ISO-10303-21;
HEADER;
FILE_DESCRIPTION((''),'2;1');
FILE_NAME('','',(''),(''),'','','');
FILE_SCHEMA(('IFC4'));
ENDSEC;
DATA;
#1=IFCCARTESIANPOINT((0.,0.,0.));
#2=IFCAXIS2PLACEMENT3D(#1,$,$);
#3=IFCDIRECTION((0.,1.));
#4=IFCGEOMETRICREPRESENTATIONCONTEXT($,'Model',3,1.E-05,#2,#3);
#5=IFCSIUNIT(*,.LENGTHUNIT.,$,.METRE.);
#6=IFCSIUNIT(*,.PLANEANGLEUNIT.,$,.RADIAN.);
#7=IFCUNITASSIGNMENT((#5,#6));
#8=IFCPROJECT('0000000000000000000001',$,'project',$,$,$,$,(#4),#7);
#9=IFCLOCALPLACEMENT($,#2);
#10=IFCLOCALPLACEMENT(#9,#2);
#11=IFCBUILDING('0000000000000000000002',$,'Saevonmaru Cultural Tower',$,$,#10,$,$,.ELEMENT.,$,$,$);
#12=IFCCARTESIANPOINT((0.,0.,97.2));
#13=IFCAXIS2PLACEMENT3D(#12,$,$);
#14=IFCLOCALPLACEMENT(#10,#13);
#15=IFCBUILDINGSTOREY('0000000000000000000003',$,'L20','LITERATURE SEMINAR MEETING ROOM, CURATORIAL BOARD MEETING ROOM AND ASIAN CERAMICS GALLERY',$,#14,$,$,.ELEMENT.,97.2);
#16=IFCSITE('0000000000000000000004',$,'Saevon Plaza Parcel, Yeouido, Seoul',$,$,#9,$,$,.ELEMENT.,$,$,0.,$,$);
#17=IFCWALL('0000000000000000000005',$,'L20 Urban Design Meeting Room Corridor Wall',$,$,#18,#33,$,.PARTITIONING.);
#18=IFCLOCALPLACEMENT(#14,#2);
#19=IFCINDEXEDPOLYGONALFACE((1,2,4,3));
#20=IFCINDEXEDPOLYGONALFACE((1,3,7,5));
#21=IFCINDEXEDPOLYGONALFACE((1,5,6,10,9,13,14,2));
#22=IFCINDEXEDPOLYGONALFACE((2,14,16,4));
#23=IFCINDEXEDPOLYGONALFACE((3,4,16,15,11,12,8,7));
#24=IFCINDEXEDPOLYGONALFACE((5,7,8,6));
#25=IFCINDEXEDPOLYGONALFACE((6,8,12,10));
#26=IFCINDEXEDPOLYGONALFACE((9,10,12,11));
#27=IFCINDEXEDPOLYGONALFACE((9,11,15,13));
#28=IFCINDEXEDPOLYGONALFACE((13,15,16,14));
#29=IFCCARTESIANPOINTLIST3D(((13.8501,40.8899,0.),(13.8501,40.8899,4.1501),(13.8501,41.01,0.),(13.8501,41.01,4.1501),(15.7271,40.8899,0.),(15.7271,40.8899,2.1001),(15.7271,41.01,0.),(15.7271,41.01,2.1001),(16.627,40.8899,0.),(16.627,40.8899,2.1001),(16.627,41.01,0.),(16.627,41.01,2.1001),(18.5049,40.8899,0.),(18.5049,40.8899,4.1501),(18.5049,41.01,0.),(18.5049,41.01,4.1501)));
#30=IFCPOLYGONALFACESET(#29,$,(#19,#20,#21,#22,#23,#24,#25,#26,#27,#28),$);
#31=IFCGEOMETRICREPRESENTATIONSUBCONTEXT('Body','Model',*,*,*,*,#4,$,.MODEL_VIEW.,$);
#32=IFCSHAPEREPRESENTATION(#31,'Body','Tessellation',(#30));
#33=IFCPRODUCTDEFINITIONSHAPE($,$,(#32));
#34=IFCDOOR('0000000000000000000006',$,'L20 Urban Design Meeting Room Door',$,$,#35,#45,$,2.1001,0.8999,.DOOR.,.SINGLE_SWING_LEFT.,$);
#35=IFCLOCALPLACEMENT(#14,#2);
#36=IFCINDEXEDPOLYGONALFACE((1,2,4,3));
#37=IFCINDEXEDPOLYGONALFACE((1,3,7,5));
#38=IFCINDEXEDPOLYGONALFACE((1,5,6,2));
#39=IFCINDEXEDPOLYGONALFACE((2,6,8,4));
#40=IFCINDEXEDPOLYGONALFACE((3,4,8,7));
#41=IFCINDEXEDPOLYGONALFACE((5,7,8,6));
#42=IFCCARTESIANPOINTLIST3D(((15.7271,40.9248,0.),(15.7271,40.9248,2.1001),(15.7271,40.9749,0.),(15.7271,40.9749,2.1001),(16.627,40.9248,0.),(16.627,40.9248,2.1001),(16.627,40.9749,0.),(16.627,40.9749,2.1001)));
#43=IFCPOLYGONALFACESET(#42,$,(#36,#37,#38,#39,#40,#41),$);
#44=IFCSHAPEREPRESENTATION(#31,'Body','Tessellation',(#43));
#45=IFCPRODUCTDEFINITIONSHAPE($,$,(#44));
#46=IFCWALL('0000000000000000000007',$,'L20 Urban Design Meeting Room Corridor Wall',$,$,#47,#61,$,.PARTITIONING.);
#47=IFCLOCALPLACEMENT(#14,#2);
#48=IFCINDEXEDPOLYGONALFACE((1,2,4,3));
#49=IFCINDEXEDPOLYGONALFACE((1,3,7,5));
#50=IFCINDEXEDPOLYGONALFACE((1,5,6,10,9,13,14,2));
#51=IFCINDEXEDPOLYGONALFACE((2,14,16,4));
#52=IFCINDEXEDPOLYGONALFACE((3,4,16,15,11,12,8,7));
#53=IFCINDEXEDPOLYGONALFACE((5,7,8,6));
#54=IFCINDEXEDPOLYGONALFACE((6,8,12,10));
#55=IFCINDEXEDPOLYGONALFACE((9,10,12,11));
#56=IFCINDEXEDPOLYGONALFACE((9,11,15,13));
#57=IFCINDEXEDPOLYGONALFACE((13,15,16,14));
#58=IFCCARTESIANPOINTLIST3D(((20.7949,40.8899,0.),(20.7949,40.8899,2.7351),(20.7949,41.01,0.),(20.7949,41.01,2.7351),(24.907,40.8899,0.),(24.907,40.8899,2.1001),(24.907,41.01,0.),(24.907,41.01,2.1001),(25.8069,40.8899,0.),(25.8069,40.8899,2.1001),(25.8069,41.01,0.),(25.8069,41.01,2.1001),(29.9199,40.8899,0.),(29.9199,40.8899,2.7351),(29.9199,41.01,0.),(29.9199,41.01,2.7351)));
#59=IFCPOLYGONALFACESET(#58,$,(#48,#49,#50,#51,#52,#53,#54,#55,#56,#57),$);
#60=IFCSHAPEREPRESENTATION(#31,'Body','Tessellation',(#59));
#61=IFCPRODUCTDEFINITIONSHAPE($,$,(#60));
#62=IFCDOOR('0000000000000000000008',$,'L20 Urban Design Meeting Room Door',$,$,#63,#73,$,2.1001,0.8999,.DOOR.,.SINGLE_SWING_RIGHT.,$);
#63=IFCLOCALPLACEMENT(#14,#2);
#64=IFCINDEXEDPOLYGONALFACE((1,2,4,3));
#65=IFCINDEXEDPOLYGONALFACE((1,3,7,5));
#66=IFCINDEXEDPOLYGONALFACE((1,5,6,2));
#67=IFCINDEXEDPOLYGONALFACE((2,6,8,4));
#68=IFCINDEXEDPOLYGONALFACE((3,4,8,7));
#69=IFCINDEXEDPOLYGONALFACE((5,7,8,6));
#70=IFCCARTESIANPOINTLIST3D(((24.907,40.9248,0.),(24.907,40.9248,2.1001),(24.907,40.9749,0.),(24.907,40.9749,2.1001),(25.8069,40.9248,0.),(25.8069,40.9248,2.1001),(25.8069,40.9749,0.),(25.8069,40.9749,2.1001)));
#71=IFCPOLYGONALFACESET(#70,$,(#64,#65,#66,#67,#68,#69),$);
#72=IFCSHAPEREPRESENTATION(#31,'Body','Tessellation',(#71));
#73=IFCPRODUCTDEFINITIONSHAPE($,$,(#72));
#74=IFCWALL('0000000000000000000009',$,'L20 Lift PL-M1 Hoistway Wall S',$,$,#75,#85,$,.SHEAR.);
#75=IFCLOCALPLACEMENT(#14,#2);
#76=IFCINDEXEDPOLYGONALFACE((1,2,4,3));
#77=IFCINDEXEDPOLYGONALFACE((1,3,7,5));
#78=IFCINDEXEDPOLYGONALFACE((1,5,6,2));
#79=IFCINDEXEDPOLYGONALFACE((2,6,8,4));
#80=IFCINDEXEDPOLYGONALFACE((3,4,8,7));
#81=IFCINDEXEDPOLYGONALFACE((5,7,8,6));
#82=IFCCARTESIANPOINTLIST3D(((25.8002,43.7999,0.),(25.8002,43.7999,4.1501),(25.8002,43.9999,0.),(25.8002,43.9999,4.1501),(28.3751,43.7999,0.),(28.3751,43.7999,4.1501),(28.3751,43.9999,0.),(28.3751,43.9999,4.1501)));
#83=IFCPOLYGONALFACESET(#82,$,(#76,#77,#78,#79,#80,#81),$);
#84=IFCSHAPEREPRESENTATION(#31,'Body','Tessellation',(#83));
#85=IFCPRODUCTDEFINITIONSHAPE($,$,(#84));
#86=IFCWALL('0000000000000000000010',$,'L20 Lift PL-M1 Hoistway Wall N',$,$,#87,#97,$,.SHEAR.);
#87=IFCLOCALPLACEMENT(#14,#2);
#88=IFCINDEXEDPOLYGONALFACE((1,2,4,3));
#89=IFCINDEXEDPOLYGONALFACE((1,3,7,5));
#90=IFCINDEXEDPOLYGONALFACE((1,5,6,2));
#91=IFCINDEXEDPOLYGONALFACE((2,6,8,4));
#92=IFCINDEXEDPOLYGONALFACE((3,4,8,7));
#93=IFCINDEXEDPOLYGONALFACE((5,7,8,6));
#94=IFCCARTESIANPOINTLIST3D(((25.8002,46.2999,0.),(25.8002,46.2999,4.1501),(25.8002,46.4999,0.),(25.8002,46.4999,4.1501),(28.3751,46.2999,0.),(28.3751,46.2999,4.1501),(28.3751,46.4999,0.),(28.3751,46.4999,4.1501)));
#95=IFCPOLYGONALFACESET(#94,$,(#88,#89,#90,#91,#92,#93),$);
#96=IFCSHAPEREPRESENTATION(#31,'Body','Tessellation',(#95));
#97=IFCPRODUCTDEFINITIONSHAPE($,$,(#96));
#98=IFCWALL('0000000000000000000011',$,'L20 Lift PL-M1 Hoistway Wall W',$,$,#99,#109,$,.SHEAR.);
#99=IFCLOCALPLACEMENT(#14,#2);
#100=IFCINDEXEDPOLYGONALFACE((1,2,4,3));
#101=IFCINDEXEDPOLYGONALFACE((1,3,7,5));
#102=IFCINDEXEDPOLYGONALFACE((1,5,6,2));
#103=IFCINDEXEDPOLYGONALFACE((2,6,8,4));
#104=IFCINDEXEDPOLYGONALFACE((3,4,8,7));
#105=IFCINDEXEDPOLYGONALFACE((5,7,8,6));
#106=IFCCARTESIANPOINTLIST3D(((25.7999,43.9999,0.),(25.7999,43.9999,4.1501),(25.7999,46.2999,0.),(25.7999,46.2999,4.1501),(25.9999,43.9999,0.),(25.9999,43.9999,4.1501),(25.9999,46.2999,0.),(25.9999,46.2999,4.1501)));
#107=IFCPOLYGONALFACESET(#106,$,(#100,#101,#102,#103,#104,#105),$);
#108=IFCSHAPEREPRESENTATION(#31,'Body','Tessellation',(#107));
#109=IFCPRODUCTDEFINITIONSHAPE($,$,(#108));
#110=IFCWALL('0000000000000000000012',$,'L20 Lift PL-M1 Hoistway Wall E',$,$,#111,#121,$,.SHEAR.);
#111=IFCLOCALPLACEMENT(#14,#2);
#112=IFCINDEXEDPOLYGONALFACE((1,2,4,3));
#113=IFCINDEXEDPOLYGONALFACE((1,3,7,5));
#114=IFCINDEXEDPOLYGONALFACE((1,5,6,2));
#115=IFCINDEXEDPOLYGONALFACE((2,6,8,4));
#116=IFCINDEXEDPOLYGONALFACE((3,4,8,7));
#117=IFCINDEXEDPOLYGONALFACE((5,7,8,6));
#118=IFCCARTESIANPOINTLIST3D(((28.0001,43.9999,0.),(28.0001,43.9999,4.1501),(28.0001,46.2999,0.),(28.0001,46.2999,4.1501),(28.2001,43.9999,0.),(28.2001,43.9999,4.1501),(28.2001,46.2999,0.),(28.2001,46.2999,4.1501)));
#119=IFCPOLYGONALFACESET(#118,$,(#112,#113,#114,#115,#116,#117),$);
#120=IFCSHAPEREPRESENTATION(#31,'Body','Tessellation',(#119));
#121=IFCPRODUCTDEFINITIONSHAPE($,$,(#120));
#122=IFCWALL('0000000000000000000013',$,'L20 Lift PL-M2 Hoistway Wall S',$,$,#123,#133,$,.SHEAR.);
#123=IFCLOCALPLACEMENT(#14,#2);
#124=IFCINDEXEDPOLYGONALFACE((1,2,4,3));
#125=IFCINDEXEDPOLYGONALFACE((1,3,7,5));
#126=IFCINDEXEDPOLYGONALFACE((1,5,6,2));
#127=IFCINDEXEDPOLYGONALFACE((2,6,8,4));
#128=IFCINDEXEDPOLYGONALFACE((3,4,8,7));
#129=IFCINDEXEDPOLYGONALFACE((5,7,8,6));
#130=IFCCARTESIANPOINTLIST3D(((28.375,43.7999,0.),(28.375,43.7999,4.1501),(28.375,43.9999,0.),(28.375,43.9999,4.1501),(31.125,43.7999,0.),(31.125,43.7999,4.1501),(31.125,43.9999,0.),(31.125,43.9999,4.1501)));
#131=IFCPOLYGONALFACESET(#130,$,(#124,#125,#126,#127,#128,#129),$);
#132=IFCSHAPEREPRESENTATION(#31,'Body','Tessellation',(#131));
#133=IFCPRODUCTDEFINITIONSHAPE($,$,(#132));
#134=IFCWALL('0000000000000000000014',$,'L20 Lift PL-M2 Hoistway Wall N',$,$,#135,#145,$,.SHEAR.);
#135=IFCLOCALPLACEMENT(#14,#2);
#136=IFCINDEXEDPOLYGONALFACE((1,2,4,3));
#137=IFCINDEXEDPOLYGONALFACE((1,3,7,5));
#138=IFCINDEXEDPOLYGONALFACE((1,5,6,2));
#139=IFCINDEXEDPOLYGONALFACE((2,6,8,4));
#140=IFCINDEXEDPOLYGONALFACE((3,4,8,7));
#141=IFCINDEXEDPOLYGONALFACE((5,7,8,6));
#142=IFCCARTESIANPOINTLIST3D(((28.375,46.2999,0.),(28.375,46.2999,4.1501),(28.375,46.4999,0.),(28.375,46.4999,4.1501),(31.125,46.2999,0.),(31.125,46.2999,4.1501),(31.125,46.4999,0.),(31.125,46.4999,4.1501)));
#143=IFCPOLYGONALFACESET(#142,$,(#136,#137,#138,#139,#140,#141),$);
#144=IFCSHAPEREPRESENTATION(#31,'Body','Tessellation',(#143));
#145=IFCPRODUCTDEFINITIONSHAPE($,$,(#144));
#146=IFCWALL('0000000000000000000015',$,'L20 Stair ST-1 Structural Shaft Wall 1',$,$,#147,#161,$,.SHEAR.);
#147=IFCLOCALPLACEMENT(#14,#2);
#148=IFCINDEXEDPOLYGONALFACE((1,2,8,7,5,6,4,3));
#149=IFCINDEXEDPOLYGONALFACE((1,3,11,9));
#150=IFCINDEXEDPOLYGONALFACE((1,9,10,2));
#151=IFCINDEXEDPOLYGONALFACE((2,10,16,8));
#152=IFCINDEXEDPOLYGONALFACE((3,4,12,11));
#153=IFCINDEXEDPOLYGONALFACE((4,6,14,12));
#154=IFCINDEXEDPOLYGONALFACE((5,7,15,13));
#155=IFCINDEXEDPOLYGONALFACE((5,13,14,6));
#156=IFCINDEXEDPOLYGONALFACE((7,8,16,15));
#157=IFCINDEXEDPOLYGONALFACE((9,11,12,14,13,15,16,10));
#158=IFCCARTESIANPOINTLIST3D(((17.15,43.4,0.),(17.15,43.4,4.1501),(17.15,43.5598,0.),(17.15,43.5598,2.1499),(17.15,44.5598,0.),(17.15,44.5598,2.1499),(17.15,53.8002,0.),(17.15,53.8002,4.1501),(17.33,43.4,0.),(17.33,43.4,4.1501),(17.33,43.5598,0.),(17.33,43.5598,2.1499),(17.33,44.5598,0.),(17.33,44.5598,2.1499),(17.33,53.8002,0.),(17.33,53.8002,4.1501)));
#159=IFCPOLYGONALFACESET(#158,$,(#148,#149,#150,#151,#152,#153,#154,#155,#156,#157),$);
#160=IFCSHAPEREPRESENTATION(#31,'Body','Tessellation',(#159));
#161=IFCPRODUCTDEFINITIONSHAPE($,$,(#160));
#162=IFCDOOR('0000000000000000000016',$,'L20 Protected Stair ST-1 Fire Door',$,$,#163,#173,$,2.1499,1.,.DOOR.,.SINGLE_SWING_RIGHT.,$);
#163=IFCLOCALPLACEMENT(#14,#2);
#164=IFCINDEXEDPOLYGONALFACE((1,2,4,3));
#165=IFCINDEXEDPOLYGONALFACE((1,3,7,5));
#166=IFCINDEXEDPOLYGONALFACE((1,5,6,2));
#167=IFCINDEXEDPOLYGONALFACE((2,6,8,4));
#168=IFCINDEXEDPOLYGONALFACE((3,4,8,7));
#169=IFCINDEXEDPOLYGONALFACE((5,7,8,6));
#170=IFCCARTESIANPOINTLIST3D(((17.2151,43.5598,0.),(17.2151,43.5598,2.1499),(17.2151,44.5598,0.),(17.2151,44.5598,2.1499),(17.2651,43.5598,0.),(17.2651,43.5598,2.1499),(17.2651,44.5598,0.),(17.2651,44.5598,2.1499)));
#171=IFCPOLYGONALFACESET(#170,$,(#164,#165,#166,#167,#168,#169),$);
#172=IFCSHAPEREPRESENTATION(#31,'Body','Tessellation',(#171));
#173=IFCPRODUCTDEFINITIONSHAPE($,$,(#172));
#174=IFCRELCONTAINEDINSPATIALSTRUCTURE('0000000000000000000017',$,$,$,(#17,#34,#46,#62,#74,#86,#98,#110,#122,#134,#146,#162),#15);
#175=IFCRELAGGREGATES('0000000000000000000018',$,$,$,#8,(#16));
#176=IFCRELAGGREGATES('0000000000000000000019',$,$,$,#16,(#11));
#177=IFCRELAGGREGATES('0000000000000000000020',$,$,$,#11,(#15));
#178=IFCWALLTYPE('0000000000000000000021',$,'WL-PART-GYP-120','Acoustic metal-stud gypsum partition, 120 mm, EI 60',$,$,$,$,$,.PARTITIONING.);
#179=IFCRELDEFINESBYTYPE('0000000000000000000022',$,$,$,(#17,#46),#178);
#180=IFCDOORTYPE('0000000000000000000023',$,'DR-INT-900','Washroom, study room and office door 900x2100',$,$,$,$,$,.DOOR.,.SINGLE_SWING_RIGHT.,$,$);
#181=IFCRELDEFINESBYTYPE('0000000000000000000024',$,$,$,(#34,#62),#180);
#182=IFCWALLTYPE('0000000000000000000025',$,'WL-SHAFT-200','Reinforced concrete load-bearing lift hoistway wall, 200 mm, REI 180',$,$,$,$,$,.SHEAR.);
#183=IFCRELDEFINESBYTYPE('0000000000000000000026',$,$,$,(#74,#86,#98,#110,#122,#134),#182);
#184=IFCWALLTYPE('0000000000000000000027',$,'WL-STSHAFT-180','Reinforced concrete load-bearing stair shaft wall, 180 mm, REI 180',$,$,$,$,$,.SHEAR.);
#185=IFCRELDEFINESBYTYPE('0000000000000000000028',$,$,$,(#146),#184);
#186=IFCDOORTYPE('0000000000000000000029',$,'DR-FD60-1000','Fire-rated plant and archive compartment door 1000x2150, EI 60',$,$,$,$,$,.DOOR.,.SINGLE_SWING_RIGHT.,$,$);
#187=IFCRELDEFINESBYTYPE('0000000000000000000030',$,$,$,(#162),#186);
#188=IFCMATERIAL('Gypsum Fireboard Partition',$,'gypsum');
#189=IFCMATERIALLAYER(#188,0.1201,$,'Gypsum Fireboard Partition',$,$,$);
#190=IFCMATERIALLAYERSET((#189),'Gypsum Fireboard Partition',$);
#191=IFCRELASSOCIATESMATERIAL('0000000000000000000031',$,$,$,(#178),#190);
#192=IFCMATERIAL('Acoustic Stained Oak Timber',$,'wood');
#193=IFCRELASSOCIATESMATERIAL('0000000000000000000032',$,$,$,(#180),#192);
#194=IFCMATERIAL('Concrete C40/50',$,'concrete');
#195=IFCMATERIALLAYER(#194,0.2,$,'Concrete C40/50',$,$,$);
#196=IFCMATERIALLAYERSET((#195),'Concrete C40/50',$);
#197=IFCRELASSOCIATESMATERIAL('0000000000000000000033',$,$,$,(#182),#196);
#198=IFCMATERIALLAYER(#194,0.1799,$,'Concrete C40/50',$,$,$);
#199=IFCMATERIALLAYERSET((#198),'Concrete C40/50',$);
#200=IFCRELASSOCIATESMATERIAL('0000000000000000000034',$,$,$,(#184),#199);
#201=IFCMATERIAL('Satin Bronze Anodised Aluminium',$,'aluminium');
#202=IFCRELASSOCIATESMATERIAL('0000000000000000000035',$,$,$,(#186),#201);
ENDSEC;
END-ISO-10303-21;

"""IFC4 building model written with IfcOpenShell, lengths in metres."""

from ifc_helpers import new_model, si_unit, direction, frame, frame_2d, origin, place, context, subcontext, project, spatial, rectangle, extrude, material, layer, layer_set, type_object, element, fill, save


model = new_model("IFC4")

# Units and contexts
model_context = context("Model", 3, precision=1e-05, world=origin(), true_north=direction((0.0, 1.0)))
body_context = subcontext(model_context, "Body", "Model", "MODEL_VIEW")
ifc_project = project(units=[si_unit("LENGTHUNIT", "METRE"), si_unit("PLANEANGLEUNIT", "RADIAN")], contexts=[model_context])

# Site, building, storey
site_placement = place(None, origin())
site = spatial("IfcSite", under=ifc_project, at=site_placement, Name="Saevon Plaza Parcel, Yeouido, Seoul", CompositionType="ELEMENT", RefElevation=0.0)
building_placement = place(site_placement, origin())
building = spatial("IfcBuilding", under=site, at=building_placement, Name="Saevonmaru Cultural Tower", CompositionType="ELEMENT")
storey_placement = place(building_placement, frame((0.0, 0.0, 97.2)))
storey = spatial("IfcBuildingStorey", under=building, at=storey_placement, Name="L20", Description="LITERATURE SEMINAR MEETING ROOM, CURATORIAL BOARD MEETING ROOM AND ASIAN CERAMICS GALLERY", CompositionType="ELEMENT", Elevation=97.2)

# Shared definitions
ifc_material_1 = material(Name="Gypsum Fireboard Partition", Category="gypsum")
ifc_material_2 = material(Name="Satin Bronze Anodised Aluminium", Category="aluminium")

# Shared definitions
ifc_layer_1 = layer(ifc_material_1, 0.1201, Name="Gypsum Fireboard Partition")
ifc_layer_set_1 = layer_set([ifc_layer_1], Name="Gypsum Fireboard Partition")
wall_type_1 = type_object("IfcWallType", Name="WL-PART-GYP-120", Description="Acoustic metal-stud gypsum partition, 120 mm, EI 60", PredefinedType="PARTITIONING", material=ifc_layer_set_1)

# Walls, openings, doors
wall_1_placement = place(storey_placement, frame((13.8501, 40.95, 0.0), z_axis=(0.0, 0.0, 1.0), x_axis=(1.0, 0.0, 0.0)))
wall_1 = element("IfcWall", 1, at=wall_1_placement, inside=storey, type_object=wall_type_1, Name="L20 Urban Design Meeting Room Corridor Wall", PredefinedType="PARTITIONING", context=body_context, shape_type="SweptSolid", body=[
    extrude(rectangle(XDim=4.6548, YDim=0.1201, at=frame_2d((2.3274, 0.0))), origin(), (0.0, 0.0, 1.0), 4.1501),
])
opening_1_placement = place(wall_1_placement, frame((1.877, 0.0, 0.0)))
opening_1 = element("IfcOpeningElement", 2, at=opening_1_placement, cuts=wall_1, PredefinedType="OPENING", context=body_context, shape_type="SweptSolid", body=[
    extrude(rectangle(XDim=0.8999, YDim=2.1001, at=frame_2d((0.45, 1.05))), frame((0.0, 0.0701, 0.0), z_axis=(0.0, -1.0, 0.0), x_axis=(1.0, 0.0, 0.0)), (0.0, 0.0, 1.0), 0.1401),
])
ifc_material_3 = material(Name="Acoustic Stained Oak Timber", Category="wood")
door_type_1 = type_object("IfcDoorType", Name="DR-INT-900", Description="Washroom, study room and office door 900x2100", OperationType="SINGLE_SWING_RIGHT", PredefinedType="DOOR", material=ifc_material_3)
door_1_placement = place(opening_1_placement, origin())
door_1 = element("IfcDoor", 3, at=door_1_placement, inside=storey, type_object=door_type_1, Name="L20 Urban Design Meeting Room Door", OperationType="SINGLE_SWING_LEFT", OverallHeight=2.1001, OverallWidth=0.8999, PredefinedType="DOOR", context=body_context, shape_type="SweptSolid", body=[
    extrude(rectangle(XDim=0.8999, YDim=2.1001, at=frame_2d((0.45, 1.05))), frame((0.0, 0.0249, 0.0), z_axis=(0.0, -1.0, 0.0), x_axis=(1.0, 0.0, 0.0)), (0.0, 0.0, 1.0), 0.05),
])
fill(opening_1, door_1)
wall_2_placement = place(storey_placement, frame((20.7949, 40.95, 0.0), z_axis=(0.0, 0.0, 1.0), x_axis=(1.0, 0.0, 0.0)))
wall_2 = element("IfcWall", 4, at=wall_2_placement, inside=storey, type_object=wall_type_1, Name="L20 Urban Design Meeting Room Corridor Wall", PredefinedType="PARTITIONING", context=body_context, shape_type="SweptSolid", body=[
    extrude(rectangle(XDim=9.125, YDim=0.1201, at=frame_2d((4.5625, 0.0))), origin(), (0.0, 0.0, 1.0), 2.7351),
])
opening_2_placement = place(wall_2_placement, frame((4.1121, 0.0, 0.0)))
opening_2 = element("IfcOpeningElement", 5, at=opening_2_placement, cuts=wall_2, PredefinedType="OPENING", context=body_context, shape_type="SweptSolid", body=[
    extrude(rectangle(XDim=0.8999, YDim=2.1001, at=frame_2d((0.45, 1.05))), frame((0.0, 0.0701, 0.0), z_axis=(0.0, -1.0, 0.0), x_axis=(1.0, 0.0, 0.0)), (0.0, 0.0, 1.0), 0.1401),
])
door_2_placement = place(opening_2_placement, origin())
door_2 = element("IfcDoor", 6, at=door_2_placement, inside=storey, type_object=door_type_1, Name="L20 Urban Design Meeting Room Door", OperationType="SINGLE_SWING_RIGHT", OverallHeight=2.1001, OverallWidth=0.8999, PredefinedType="DOOR", context=body_context, shape_type="SweptSolid", body=[
    extrude(rectangle(XDim=0.8999, YDim=2.1001, at=frame_2d((0.45, 1.05))), frame((0.0, 0.0249, 0.0), z_axis=(0.0, -1.0, 0.0), x_axis=(1.0, 0.0, 0.0)), (0.0, 0.0, 1.0), 0.05),
])
fill(opening_2, door_2)

# Walls
ifc_material_4 = material(Name="Concrete C40/50", Category="concrete")
ifc_layer_2 = layer(ifc_material_4, 0.2, Name="Concrete C40/50")
ifc_layer_set_2 = layer_set([ifc_layer_2], Name="Concrete C40/50")
wall_type_2 = type_object("IfcWallType", Name="WL-SHAFT-200", Description="Reinforced concrete load-bearing lift hoistway wall, 200 mm, REI 180", PredefinedType="SHEAR", material=ifc_layer_set_2)
for number, where, z_axis, x_axis, name in (
    (7, (25.8, 43.8999, 0.0), (0.0, 0.0, 1.0), (1.0, 0.0, 0.0), "L20 Lift PL-M1 Hoistway Wall S"),
    (8, (25.8, 46.3999, 0.0), (0.0, 0.0, 1.0), (1.0, 0.0, 0.0), "L20 Lift PL-M1 Hoistway Wall N"),
):
    element("IfcWall", number, at=place(storey_placement, frame(where, z_axis=z_axis, x_axis=x_axis)), inside=storey, type_object=wall_type_2, Name=name, PredefinedType="SHEAR", context=body_context, shape_type="SweptSolid", body=[
        extrude(rectangle(XDim=2.575, YDim=0.2, at=frame_2d((1.2876, 0.0))), origin(), (0.0, 0.0, 1.0), 4.1501),
    ])
for number, where, z_axis, x_axis, name in (
    (9, (25.8999, 44.0, 0.0), (0.0, 0.0, 1.0), (0.0, 1.0, 0.0), "L20 Lift PL-M1 Hoistway Wall W"),
    (10, (28.1001, 44.0, 0.0), (0.0, 0.0, 1.0), (0.0, 1.0, 0.0), "L20 Lift PL-M1 Hoistway Wall E"),
):
    element("IfcWall", number, at=place(storey_placement, frame(where, z_axis=z_axis, x_axis=x_axis)), inside=storey, type_object=wall_type_2, Name=name, PredefinedType="SHEAR", context=body_context, shape_type="SweptSolid", body=[
        extrude(rectangle(XDim=2.3, YDim=0.2, at=frame_2d((1.1499, 0.0))), origin(), (0.0, 0.0, 1.0), 4.1501),
    ])
for number, where, z_axis, x_axis, name in (
    (11, (28.375, 43.8999, 0.0), (0.0, 0.0, 1.0), (1.0, 0.0, 0.0), "L20 Lift PL-M2 Hoistway Wall S"),
    (12, (28.375, 46.3999, 0.0), (0.0, 0.0, 1.0), (1.0, 0.0, 0.0), "L20 Lift PL-M2 Hoistway Wall N"),
):
    element("IfcWall", number, at=place(storey_placement, frame(where, z_axis=z_axis, x_axis=x_axis)), inside=storey, type_object=wall_type_2, Name=name, PredefinedType="SHEAR", context=body_context, shape_type="SweptSolid", body=[
        extrude(rectangle(XDim=2.75, YDim=0.2, at=frame_2d((1.375, 0.0))), origin(), (0.0, 0.0, 1.0), 4.1501),
    ])

# Wall, opening, door
ifc_layer_3 = layer(ifc_material_4, 0.1799, Name="Concrete C40/50")
ifc_layer_set_3 = layer_set([ifc_layer_3], Name="Concrete C40/50")
wall_type_3 = type_object("IfcWallType", Name="WL-STSHAFT-180", Description="Reinforced concrete load-bearing stair shaft wall, 180 mm, REI 180", PredefinedType="SHEAR", material=ifc_layer_set_3)
wall_3_placement = place(storey_placement, frame((17.24, 43.3999, 0.0), z_axis=(0.0, 0.0, 1.0), x_axis=(0.0, 1.0, 0.0)))
wall_3 = element("IfcWall", 13, at=wall_3_placement, inside=storey, type_object=wall_type_3, Name="L20 Stair ST-1 Structural Shaft Wall 1", PredefinedType="SHEAR", context=body_context, shape_type="SweptSolid", body=[
    extrude(rectangle(XDim=10.4001, YDim=0.1799, at=frame_2d((5.2002, 0.0))), origin(), (0.0, 0.0, 1.0), 4.1501),
])
opening_3_placement = place(wall_3_placement, frame((0.1599, 0.0, 0.0)))
opening_3 = element("IfcOpeningElement", 14, at=opening_3_placement, cuts=wall_3, PredefinedType="OPENING", context=body_context, shape_type="SweptSolid", body=[
    extrude(rectangle(XDim=1.0, YDim=2.1499, at=frame_2d((0.5, 1.075))), frame((0.0, 0.1001, 0.0), z_axis=(0.0, -1.0, 0.0), x_axis=(1.0, 0.0, 0.0)), (0.0, 0.0, 1.0), 0.2),
])
door_type_2 = type_object("IfcDoorType", Name="DR-FD60-1000", Description="Fire-rated plant and archive compartment door 1000x2150, EI 60", OperationType="SINGLE_SWING_RIGHT", PredefinedType="DOOR", material=ifc_material_2)
door_3_placement = place(opening_3_placement, origin())
door_3 = element("IfcDoor", 15, at=door_3_placement, inside=storey, type_object=door_type_2, Name="L20 Protected Stair ST-1 Fire Door", OperationType="SINGLE_SWING_RIGHT", OverallHeight=2.1499, OverallWidth=1.0, PredefinedType="DOOR", context=body_context, shape_type="SweptSolid", body=[
    extrude(rectangle(XDim=1.0, YDim=2.1499, at=frame_2d((0.5, 1.075))), frame((0.0, 0.0249, 0.0), z_axis=(0.0, -1.0, 0.0), x_axis=(1.0, 0.0, 0.0)), (0.0, 0.0, 1.0), 0.05),
])
fill(opening_3, door_3)

save(model, "model.ifc")
